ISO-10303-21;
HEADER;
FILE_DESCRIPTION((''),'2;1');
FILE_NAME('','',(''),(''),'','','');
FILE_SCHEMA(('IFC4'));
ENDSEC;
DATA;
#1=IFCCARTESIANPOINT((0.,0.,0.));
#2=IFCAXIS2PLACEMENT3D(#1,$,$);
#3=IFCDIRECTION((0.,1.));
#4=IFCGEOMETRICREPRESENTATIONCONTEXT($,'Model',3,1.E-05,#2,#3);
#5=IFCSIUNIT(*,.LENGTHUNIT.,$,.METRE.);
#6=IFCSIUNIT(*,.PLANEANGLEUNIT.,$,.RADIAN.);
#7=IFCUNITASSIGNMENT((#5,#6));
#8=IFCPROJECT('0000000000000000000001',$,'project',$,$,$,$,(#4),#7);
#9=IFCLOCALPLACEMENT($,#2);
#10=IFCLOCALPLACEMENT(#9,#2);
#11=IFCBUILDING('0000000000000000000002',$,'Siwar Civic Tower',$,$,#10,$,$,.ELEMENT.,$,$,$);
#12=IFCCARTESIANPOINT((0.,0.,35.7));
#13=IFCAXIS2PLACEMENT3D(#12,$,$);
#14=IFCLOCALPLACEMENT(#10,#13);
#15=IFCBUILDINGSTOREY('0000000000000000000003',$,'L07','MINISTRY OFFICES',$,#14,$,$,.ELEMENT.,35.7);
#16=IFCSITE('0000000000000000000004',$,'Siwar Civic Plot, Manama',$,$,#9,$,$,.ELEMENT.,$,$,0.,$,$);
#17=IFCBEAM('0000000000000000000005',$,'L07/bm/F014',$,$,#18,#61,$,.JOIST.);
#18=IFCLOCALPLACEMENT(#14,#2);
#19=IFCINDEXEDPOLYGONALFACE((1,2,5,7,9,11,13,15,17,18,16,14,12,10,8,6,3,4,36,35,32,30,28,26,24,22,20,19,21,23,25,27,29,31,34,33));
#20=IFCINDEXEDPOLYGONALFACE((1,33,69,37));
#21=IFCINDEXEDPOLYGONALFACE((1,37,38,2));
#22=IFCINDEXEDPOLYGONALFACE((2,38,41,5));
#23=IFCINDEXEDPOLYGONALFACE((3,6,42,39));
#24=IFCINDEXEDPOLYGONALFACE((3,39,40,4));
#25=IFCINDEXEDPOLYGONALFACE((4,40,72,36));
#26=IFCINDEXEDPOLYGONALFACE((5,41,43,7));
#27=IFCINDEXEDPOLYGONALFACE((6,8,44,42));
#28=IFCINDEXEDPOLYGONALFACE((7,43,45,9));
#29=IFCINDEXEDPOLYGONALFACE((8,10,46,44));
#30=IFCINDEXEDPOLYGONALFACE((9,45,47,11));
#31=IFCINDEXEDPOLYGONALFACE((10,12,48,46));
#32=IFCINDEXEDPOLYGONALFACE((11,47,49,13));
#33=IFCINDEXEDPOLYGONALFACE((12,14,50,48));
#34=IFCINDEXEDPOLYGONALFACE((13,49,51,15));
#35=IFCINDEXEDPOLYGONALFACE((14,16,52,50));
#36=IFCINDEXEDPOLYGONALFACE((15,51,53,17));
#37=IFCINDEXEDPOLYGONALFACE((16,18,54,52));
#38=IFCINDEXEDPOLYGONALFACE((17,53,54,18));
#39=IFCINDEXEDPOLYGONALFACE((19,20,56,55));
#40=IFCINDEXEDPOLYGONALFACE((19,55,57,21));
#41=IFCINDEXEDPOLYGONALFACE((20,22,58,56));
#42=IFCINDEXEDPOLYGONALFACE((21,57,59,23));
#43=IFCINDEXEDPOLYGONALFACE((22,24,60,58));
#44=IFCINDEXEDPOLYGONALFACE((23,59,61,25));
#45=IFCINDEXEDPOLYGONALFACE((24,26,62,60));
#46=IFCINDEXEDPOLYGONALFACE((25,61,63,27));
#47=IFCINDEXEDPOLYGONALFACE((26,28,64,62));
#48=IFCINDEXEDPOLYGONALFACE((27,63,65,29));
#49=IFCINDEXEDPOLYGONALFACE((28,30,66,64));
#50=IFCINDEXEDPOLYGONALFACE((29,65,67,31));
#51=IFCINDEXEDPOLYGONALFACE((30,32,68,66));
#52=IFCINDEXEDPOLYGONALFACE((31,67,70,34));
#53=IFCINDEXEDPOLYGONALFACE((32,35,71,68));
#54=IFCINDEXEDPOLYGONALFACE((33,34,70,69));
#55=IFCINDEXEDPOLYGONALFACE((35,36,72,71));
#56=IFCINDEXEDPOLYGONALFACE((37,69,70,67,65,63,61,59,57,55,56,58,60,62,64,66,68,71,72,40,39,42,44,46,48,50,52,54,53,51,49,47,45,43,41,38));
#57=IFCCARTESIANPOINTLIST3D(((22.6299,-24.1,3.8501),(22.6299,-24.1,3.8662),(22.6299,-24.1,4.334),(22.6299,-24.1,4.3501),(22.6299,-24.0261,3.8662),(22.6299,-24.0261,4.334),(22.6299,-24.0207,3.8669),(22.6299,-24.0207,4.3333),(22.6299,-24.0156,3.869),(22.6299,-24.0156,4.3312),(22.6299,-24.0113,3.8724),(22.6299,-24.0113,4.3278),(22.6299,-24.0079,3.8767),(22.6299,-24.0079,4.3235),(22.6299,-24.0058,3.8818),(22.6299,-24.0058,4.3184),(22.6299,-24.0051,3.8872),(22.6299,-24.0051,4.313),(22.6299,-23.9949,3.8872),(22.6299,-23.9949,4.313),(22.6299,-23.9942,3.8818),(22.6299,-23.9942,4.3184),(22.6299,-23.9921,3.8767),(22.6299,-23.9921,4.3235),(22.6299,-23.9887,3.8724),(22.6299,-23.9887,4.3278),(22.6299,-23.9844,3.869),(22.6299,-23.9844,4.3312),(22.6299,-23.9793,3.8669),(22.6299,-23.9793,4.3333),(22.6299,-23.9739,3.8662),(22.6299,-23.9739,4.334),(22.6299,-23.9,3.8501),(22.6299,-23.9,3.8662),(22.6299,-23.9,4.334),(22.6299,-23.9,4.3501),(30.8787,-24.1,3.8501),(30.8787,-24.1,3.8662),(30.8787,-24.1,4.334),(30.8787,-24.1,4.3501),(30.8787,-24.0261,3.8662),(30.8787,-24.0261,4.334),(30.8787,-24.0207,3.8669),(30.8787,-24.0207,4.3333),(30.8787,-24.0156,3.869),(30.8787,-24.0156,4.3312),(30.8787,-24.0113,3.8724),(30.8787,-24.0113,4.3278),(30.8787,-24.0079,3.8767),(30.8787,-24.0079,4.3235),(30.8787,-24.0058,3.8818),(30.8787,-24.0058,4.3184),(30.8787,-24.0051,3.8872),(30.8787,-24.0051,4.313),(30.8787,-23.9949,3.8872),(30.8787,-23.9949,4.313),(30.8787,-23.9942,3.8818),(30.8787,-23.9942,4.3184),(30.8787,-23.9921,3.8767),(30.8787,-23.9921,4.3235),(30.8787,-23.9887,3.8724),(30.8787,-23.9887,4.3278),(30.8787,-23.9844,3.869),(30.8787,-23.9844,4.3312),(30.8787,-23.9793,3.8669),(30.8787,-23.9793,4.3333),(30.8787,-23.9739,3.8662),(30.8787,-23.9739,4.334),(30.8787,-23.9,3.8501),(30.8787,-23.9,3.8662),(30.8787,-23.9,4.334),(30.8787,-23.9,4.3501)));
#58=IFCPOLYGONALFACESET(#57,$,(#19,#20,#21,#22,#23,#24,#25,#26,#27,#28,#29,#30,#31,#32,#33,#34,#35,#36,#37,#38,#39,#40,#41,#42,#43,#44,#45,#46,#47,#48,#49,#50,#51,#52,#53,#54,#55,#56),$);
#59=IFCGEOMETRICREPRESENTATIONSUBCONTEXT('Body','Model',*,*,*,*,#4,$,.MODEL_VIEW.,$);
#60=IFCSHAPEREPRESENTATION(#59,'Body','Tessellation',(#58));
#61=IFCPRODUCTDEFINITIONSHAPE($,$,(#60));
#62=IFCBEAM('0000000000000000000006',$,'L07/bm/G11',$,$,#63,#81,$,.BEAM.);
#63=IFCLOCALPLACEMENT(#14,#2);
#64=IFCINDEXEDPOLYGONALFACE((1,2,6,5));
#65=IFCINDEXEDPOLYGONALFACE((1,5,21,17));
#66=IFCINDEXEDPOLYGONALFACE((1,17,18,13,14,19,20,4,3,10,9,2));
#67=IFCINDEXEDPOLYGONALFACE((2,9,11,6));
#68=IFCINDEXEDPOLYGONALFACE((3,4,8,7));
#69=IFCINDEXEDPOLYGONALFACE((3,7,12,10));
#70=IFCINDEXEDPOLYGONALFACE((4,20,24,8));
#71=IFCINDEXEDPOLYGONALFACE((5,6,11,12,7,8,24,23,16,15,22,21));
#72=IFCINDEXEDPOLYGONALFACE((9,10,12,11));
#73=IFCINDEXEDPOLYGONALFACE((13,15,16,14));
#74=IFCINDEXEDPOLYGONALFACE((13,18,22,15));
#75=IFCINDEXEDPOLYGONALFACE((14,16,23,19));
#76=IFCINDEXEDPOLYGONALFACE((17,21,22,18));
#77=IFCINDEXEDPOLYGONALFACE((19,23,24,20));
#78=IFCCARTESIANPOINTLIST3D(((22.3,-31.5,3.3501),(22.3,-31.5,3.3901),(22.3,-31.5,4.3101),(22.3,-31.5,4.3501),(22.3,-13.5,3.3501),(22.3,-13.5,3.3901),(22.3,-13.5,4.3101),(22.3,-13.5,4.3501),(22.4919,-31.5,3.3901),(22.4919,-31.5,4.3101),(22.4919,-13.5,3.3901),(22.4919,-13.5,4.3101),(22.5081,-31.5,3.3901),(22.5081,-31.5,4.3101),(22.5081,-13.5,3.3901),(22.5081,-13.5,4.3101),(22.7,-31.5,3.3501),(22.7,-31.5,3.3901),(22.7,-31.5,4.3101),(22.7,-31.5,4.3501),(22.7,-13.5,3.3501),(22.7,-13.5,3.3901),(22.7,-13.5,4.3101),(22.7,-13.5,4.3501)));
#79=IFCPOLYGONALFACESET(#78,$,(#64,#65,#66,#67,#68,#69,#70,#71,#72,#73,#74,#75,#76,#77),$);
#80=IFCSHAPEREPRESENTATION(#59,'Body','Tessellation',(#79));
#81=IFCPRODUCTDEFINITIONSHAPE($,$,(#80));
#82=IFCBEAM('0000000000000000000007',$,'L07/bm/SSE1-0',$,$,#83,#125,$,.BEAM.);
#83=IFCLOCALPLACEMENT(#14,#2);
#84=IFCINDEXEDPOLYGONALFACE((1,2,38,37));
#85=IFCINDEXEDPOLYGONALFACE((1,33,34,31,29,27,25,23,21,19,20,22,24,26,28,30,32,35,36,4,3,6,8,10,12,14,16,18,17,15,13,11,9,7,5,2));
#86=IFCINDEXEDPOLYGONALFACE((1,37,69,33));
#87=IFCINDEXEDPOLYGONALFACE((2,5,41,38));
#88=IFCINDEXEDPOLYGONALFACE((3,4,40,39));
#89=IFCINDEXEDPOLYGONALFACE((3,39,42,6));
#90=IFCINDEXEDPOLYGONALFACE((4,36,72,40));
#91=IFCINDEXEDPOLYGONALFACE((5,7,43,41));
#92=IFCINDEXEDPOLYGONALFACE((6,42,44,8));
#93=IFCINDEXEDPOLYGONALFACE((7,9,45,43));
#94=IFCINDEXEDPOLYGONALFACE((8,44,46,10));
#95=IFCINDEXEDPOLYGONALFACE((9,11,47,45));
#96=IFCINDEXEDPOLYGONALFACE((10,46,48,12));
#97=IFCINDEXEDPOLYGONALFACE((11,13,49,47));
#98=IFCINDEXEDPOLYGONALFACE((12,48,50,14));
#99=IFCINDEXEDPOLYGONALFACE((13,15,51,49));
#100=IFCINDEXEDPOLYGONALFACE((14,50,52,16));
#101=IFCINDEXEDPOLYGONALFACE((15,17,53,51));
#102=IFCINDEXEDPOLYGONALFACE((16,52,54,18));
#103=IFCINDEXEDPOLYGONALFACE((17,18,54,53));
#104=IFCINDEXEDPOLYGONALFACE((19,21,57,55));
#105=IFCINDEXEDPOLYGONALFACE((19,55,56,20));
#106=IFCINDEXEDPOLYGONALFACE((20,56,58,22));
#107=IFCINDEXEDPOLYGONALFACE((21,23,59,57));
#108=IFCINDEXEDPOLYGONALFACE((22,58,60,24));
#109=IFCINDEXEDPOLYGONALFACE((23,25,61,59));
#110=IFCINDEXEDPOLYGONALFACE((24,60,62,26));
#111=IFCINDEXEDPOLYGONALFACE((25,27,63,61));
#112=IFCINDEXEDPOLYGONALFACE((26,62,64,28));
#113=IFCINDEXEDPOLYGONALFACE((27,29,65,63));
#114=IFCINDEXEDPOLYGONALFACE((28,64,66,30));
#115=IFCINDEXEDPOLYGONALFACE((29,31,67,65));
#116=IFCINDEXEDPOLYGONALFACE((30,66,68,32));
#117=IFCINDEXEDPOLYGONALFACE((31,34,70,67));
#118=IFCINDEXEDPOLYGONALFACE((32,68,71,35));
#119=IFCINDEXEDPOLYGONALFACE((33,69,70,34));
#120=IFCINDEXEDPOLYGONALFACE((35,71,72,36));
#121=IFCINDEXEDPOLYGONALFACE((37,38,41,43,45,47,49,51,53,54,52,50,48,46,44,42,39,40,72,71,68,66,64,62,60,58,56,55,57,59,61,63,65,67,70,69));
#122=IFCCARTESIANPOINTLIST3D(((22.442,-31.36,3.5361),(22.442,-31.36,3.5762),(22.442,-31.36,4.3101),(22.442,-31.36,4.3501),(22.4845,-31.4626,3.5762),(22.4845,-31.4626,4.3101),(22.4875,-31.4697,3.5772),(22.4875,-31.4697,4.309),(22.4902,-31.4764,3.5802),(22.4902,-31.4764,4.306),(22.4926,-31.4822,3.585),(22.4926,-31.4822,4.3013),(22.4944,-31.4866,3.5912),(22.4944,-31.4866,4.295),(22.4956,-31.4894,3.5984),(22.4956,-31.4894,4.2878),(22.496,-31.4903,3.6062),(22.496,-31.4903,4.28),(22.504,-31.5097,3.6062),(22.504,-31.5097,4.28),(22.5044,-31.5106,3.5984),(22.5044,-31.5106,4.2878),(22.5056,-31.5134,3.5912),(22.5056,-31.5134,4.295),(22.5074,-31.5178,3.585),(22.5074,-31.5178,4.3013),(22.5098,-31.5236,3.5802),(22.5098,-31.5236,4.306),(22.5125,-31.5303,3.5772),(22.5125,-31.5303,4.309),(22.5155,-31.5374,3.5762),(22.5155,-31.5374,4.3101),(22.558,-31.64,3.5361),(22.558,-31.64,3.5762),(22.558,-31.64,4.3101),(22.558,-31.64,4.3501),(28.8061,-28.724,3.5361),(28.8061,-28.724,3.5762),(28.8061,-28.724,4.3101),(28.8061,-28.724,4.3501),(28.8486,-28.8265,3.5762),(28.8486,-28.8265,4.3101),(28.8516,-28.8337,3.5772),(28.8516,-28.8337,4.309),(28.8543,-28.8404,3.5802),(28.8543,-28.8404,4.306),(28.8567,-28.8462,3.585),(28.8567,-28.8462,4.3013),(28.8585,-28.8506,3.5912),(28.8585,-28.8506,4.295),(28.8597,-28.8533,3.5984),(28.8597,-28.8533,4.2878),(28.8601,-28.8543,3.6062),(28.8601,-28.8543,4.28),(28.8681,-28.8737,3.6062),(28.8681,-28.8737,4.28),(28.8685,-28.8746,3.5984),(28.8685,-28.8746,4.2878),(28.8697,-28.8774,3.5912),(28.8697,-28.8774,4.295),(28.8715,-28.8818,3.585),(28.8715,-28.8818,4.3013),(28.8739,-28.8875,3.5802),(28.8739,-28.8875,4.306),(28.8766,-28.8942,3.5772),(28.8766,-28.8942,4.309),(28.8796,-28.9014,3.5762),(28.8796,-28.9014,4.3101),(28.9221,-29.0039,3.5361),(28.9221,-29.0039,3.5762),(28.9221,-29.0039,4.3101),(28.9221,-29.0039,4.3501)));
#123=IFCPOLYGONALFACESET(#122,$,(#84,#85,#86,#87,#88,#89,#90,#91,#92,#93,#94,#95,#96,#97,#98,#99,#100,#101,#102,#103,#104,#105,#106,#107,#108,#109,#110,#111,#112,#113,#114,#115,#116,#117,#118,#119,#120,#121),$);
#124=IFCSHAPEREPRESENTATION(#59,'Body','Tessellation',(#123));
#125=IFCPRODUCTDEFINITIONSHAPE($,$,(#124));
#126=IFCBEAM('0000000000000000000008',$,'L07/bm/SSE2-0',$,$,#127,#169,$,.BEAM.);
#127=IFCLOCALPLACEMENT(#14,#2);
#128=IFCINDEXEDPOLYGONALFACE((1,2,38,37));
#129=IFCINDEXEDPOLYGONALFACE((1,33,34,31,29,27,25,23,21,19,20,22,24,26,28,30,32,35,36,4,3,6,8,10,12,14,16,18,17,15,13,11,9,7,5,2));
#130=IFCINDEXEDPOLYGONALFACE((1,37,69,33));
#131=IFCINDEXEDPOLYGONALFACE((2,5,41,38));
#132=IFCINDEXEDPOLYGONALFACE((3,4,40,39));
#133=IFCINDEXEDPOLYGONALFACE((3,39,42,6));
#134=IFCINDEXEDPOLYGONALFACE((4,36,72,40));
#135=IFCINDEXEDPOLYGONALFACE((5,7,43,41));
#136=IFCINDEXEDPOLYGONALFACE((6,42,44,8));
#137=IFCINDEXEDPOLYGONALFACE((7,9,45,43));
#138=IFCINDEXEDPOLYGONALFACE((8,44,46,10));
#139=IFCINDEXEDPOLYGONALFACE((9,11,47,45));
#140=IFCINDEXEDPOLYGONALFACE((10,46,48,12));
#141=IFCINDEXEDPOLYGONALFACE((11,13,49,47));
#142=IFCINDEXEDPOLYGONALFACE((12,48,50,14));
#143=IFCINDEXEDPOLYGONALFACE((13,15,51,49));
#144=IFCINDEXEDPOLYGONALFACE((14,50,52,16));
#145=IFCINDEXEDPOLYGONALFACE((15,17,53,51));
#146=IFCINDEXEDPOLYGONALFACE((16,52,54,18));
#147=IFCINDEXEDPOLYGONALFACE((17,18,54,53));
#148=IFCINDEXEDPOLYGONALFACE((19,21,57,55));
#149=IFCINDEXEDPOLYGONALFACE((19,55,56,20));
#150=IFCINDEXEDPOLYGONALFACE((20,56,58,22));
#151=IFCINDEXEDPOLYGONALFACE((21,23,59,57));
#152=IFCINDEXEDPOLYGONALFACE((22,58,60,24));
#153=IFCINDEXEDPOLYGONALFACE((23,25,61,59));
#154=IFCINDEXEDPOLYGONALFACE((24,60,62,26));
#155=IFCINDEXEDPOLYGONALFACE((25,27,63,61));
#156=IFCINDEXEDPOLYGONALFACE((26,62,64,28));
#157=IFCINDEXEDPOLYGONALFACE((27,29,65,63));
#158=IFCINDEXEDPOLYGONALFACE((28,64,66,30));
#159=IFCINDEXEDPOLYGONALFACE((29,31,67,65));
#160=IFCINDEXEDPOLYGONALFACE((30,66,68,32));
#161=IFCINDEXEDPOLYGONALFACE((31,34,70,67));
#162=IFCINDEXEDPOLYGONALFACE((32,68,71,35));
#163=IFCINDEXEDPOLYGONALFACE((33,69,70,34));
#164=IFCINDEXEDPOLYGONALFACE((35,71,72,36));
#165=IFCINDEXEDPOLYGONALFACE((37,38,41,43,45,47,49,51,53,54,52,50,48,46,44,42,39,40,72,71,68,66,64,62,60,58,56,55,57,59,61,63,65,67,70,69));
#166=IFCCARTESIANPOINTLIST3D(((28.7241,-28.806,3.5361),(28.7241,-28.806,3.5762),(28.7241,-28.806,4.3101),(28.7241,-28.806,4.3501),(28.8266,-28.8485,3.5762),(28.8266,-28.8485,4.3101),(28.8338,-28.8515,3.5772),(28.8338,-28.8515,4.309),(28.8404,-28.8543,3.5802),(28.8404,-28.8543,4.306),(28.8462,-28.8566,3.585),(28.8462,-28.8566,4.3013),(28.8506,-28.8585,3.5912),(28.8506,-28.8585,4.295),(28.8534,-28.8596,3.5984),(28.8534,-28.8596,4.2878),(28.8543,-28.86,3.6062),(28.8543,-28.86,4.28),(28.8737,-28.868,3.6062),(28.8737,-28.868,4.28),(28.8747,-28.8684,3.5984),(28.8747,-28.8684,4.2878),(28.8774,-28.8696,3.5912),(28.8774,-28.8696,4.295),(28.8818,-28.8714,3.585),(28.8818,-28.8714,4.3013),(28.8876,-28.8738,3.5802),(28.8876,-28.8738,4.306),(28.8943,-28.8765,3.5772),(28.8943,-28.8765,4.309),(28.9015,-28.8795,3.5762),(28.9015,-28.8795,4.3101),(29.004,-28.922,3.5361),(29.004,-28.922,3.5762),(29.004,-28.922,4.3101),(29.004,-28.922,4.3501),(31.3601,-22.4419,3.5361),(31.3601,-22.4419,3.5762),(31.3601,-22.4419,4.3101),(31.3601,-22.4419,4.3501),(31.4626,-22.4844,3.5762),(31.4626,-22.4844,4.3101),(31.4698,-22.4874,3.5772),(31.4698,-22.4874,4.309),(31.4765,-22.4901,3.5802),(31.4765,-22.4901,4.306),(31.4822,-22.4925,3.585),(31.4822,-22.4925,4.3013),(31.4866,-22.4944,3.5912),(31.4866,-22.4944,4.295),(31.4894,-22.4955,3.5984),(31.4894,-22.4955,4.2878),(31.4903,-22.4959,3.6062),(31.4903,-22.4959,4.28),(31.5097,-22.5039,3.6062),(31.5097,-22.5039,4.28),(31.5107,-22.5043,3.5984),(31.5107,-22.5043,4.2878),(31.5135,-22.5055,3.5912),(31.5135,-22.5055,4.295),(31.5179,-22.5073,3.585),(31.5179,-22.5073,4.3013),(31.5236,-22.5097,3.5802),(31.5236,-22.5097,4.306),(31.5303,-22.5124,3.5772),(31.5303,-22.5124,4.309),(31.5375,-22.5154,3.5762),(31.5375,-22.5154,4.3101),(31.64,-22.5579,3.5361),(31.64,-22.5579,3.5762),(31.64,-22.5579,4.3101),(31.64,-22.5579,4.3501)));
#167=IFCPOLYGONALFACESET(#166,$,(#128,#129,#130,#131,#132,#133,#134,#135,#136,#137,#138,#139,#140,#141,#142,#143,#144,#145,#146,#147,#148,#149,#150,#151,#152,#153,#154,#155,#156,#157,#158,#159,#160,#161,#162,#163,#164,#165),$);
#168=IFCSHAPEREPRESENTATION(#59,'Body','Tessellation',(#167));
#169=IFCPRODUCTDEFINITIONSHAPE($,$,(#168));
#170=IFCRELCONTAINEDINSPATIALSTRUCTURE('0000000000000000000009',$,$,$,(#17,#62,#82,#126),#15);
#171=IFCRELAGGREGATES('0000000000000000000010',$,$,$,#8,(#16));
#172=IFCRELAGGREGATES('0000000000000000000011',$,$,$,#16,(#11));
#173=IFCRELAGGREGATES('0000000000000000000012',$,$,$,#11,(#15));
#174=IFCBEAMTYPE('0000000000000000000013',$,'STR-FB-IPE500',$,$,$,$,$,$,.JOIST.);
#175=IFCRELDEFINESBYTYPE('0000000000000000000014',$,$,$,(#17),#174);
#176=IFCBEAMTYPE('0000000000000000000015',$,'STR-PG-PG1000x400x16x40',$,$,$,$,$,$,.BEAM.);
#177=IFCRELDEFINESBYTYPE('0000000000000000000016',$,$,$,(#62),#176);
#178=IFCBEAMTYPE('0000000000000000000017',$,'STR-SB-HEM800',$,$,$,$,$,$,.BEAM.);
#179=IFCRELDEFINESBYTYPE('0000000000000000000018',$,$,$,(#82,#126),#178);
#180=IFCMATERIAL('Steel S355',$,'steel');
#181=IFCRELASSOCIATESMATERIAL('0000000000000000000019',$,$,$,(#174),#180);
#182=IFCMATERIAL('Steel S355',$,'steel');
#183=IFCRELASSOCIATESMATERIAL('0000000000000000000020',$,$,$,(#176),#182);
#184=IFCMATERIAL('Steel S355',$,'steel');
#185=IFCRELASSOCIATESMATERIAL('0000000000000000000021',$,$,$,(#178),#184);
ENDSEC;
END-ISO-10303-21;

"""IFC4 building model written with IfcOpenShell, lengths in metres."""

from ifc_helpers import new_model, si_unit, direction, frame, origin, origin_2d, place, context, subcontext, project, spatial, i_section, extrude, material, material_profile, profile_set, type_object, element, save


model = new_model("IFC4")

# Units and contexts
model_context = context("Model", 3, precision=1e-05, world=origin(), true_north=direction((0.0, 1.0)))
body_context = subcontext(model_context, "Body", "Model", "MODEL_VIEW")
ifc_project = project(units=[si_unit("LENGTHUNIT", "METRE"), si_unit("PLANEANGLEUNIT", "RADIAN")], contexts=[model_context])

# Site, building, storey
site_placement = place(None, origin())
site = spatial("IfcSite", under=ifc_project, at=site_placement, Name="Siwar Civic Plot, Manama", CompositionType="ELEMENT", RefElevation=0.0)
building_placement = place(site_placement, origin())
building = spatial("IfcBuilding", under=site, at=building_placement, Name="Siwar Civic Tower", CompositionType="ELEMENT")
storey_placement = place(building_placement, frame((0.0, 0.0, 35.7)))
storey = spatial("IfcBuildingStorey", under=building, at=storey_placement, Name="L07", Description="MINISTRY OFFICES", CompositionType="ELEMENT", Elevation=35.7)

# Beams
ifc_material_1 = material(Name="Steel S355", Category="steel")
ifc_material_profile_1 = material_profile(ifc_material_1, i_section(OverallWidth=0.2, OverallDepth=0.5, WebThickness=0.0103, FlangeThickness=0.0161, FilletRadius=0.021, at=origin_2d()), Name="IPE500")
ifc_profile_set_1 = profile_set([ifc_material_profile_1], Name="Steel S355")
beam_type_1 = type_object("IfcBeamType", Name="STR-FB-IPE500", PredefinedType="JOIST", material=ifc_profile_set_1)
beam_1_placement = place(storey_placement, frame((22.6299, -24.0, 4.1001), z_axis=(1.0, 0.0, 0.0), x_axis=(0.0, 1.0, 0.0)))
element("IfcBeam", 1, at=beam_1_placement, inside=storey, type_object=beam_type_1, Name="L07/bm/F014", PredefinedType="JOIST", context=body_context, shape_type="SweptSolid", body=[
    extrude(i_section(OverallWidth=0.2, OverallDepth=0.5, WebThickness=0.0103, FlangeThickness=0.0161, FilletRadius=0.021, at=origin_2d()), origin(), (0.0, 0.0, 1.0), 8.2488),
])
ifc_material_2 = material(Name="Steel S355", Category="steel")
ifc_material_profile_2 = material_profile(ifc_material_2, i_section(OverallWidth=0.3999, OverallDepth=1.0, WebThickness=0.0161, FlangeThickness=0.04, at=origin_2d()), Name="PG1000x400x16x40")
ifc_profile_set_2 = profile_set([ifc_material_profile_2], Name="Steel S355")
beam_type_2 = type_object("IfcBeamType", Name="STR-PG-PG1000x400x16x40", PredefinedType="BEAM", material=ifc_profile_set_2)
beam_2_placement = place(storey_placement, frame((22.5, -31.5, 3.8501), z_axis=(0.0, 1.0, 0.0), x_axis=(-1.0, 0.0, 0.0)))
element("IfcBeam", 2, at=beam_2_placement, inside=storey, type_object=beam_type_2, Name="L07/bm/G11", PredefinedType="BEAM", context=body_context, shape_type="SweptSolid", body=[
    extrude(i_section(OverallWidth=0.3999, OverallDepth=1.0, WebThickness=0.0161, FlangeThickness=0.04, at=origin_2d()), origin(), (0.0, 0.0, 1.0), 18.0),
])
ifc_material_3 = material(Name="Steel S355", Category="steel")
ifc_material_profile_3 = material_profile(ifc_material_3, i_section(OverallWidth=0.303, OverallDepth=0.814, WebThickness=0.021, FlangeThickness=0.04, FilletRadius=0.03, at=origin_2d()), Name="HEM800")
ifc_profile_set_3 = profile_set([ifc_material_profile_3], Name="Steel S355")
beam_type_3 = type_object("IfcBeamType", Name="STR-SB-HEM800", PredefinedType="BEAM", material=ifc_profile_set_3)
for number, where, z_axis, x_axis, name in (
    (3, (22.5, -31.5, 3.9431), (0.923883, 0.382674, 0.0), (-0.382674, 0.923883, 0.0), "L07/bm/SSE1-0"),
    (4, (28.864, -28.864, 3.9431), (0.382674, 0.923883, 0.0), (-0.923883, 0.382674, 0.0), "L07/bm/SSE2-0"),
):
    element("IfcBeam", number, at=place(storey_placement, frame(where, z_axis=z_axis, x_axis=x_axis)), inside=storey, type_object=beam_type_3, Name=name, PredefinedType="BEAM", context=body_context, shape_type="SweptSolid", body=[
        extrude(i_section(OverallWidth=0.303, OverallDepth=0.814, WebThickness=0.021, FlangeThickness=0.04, FilletRadius=0.03, at=origin_2d()), origin(), (0.0, 0.0, 1.0), 6.8884),
    ])

save(model, "model.ifc")
